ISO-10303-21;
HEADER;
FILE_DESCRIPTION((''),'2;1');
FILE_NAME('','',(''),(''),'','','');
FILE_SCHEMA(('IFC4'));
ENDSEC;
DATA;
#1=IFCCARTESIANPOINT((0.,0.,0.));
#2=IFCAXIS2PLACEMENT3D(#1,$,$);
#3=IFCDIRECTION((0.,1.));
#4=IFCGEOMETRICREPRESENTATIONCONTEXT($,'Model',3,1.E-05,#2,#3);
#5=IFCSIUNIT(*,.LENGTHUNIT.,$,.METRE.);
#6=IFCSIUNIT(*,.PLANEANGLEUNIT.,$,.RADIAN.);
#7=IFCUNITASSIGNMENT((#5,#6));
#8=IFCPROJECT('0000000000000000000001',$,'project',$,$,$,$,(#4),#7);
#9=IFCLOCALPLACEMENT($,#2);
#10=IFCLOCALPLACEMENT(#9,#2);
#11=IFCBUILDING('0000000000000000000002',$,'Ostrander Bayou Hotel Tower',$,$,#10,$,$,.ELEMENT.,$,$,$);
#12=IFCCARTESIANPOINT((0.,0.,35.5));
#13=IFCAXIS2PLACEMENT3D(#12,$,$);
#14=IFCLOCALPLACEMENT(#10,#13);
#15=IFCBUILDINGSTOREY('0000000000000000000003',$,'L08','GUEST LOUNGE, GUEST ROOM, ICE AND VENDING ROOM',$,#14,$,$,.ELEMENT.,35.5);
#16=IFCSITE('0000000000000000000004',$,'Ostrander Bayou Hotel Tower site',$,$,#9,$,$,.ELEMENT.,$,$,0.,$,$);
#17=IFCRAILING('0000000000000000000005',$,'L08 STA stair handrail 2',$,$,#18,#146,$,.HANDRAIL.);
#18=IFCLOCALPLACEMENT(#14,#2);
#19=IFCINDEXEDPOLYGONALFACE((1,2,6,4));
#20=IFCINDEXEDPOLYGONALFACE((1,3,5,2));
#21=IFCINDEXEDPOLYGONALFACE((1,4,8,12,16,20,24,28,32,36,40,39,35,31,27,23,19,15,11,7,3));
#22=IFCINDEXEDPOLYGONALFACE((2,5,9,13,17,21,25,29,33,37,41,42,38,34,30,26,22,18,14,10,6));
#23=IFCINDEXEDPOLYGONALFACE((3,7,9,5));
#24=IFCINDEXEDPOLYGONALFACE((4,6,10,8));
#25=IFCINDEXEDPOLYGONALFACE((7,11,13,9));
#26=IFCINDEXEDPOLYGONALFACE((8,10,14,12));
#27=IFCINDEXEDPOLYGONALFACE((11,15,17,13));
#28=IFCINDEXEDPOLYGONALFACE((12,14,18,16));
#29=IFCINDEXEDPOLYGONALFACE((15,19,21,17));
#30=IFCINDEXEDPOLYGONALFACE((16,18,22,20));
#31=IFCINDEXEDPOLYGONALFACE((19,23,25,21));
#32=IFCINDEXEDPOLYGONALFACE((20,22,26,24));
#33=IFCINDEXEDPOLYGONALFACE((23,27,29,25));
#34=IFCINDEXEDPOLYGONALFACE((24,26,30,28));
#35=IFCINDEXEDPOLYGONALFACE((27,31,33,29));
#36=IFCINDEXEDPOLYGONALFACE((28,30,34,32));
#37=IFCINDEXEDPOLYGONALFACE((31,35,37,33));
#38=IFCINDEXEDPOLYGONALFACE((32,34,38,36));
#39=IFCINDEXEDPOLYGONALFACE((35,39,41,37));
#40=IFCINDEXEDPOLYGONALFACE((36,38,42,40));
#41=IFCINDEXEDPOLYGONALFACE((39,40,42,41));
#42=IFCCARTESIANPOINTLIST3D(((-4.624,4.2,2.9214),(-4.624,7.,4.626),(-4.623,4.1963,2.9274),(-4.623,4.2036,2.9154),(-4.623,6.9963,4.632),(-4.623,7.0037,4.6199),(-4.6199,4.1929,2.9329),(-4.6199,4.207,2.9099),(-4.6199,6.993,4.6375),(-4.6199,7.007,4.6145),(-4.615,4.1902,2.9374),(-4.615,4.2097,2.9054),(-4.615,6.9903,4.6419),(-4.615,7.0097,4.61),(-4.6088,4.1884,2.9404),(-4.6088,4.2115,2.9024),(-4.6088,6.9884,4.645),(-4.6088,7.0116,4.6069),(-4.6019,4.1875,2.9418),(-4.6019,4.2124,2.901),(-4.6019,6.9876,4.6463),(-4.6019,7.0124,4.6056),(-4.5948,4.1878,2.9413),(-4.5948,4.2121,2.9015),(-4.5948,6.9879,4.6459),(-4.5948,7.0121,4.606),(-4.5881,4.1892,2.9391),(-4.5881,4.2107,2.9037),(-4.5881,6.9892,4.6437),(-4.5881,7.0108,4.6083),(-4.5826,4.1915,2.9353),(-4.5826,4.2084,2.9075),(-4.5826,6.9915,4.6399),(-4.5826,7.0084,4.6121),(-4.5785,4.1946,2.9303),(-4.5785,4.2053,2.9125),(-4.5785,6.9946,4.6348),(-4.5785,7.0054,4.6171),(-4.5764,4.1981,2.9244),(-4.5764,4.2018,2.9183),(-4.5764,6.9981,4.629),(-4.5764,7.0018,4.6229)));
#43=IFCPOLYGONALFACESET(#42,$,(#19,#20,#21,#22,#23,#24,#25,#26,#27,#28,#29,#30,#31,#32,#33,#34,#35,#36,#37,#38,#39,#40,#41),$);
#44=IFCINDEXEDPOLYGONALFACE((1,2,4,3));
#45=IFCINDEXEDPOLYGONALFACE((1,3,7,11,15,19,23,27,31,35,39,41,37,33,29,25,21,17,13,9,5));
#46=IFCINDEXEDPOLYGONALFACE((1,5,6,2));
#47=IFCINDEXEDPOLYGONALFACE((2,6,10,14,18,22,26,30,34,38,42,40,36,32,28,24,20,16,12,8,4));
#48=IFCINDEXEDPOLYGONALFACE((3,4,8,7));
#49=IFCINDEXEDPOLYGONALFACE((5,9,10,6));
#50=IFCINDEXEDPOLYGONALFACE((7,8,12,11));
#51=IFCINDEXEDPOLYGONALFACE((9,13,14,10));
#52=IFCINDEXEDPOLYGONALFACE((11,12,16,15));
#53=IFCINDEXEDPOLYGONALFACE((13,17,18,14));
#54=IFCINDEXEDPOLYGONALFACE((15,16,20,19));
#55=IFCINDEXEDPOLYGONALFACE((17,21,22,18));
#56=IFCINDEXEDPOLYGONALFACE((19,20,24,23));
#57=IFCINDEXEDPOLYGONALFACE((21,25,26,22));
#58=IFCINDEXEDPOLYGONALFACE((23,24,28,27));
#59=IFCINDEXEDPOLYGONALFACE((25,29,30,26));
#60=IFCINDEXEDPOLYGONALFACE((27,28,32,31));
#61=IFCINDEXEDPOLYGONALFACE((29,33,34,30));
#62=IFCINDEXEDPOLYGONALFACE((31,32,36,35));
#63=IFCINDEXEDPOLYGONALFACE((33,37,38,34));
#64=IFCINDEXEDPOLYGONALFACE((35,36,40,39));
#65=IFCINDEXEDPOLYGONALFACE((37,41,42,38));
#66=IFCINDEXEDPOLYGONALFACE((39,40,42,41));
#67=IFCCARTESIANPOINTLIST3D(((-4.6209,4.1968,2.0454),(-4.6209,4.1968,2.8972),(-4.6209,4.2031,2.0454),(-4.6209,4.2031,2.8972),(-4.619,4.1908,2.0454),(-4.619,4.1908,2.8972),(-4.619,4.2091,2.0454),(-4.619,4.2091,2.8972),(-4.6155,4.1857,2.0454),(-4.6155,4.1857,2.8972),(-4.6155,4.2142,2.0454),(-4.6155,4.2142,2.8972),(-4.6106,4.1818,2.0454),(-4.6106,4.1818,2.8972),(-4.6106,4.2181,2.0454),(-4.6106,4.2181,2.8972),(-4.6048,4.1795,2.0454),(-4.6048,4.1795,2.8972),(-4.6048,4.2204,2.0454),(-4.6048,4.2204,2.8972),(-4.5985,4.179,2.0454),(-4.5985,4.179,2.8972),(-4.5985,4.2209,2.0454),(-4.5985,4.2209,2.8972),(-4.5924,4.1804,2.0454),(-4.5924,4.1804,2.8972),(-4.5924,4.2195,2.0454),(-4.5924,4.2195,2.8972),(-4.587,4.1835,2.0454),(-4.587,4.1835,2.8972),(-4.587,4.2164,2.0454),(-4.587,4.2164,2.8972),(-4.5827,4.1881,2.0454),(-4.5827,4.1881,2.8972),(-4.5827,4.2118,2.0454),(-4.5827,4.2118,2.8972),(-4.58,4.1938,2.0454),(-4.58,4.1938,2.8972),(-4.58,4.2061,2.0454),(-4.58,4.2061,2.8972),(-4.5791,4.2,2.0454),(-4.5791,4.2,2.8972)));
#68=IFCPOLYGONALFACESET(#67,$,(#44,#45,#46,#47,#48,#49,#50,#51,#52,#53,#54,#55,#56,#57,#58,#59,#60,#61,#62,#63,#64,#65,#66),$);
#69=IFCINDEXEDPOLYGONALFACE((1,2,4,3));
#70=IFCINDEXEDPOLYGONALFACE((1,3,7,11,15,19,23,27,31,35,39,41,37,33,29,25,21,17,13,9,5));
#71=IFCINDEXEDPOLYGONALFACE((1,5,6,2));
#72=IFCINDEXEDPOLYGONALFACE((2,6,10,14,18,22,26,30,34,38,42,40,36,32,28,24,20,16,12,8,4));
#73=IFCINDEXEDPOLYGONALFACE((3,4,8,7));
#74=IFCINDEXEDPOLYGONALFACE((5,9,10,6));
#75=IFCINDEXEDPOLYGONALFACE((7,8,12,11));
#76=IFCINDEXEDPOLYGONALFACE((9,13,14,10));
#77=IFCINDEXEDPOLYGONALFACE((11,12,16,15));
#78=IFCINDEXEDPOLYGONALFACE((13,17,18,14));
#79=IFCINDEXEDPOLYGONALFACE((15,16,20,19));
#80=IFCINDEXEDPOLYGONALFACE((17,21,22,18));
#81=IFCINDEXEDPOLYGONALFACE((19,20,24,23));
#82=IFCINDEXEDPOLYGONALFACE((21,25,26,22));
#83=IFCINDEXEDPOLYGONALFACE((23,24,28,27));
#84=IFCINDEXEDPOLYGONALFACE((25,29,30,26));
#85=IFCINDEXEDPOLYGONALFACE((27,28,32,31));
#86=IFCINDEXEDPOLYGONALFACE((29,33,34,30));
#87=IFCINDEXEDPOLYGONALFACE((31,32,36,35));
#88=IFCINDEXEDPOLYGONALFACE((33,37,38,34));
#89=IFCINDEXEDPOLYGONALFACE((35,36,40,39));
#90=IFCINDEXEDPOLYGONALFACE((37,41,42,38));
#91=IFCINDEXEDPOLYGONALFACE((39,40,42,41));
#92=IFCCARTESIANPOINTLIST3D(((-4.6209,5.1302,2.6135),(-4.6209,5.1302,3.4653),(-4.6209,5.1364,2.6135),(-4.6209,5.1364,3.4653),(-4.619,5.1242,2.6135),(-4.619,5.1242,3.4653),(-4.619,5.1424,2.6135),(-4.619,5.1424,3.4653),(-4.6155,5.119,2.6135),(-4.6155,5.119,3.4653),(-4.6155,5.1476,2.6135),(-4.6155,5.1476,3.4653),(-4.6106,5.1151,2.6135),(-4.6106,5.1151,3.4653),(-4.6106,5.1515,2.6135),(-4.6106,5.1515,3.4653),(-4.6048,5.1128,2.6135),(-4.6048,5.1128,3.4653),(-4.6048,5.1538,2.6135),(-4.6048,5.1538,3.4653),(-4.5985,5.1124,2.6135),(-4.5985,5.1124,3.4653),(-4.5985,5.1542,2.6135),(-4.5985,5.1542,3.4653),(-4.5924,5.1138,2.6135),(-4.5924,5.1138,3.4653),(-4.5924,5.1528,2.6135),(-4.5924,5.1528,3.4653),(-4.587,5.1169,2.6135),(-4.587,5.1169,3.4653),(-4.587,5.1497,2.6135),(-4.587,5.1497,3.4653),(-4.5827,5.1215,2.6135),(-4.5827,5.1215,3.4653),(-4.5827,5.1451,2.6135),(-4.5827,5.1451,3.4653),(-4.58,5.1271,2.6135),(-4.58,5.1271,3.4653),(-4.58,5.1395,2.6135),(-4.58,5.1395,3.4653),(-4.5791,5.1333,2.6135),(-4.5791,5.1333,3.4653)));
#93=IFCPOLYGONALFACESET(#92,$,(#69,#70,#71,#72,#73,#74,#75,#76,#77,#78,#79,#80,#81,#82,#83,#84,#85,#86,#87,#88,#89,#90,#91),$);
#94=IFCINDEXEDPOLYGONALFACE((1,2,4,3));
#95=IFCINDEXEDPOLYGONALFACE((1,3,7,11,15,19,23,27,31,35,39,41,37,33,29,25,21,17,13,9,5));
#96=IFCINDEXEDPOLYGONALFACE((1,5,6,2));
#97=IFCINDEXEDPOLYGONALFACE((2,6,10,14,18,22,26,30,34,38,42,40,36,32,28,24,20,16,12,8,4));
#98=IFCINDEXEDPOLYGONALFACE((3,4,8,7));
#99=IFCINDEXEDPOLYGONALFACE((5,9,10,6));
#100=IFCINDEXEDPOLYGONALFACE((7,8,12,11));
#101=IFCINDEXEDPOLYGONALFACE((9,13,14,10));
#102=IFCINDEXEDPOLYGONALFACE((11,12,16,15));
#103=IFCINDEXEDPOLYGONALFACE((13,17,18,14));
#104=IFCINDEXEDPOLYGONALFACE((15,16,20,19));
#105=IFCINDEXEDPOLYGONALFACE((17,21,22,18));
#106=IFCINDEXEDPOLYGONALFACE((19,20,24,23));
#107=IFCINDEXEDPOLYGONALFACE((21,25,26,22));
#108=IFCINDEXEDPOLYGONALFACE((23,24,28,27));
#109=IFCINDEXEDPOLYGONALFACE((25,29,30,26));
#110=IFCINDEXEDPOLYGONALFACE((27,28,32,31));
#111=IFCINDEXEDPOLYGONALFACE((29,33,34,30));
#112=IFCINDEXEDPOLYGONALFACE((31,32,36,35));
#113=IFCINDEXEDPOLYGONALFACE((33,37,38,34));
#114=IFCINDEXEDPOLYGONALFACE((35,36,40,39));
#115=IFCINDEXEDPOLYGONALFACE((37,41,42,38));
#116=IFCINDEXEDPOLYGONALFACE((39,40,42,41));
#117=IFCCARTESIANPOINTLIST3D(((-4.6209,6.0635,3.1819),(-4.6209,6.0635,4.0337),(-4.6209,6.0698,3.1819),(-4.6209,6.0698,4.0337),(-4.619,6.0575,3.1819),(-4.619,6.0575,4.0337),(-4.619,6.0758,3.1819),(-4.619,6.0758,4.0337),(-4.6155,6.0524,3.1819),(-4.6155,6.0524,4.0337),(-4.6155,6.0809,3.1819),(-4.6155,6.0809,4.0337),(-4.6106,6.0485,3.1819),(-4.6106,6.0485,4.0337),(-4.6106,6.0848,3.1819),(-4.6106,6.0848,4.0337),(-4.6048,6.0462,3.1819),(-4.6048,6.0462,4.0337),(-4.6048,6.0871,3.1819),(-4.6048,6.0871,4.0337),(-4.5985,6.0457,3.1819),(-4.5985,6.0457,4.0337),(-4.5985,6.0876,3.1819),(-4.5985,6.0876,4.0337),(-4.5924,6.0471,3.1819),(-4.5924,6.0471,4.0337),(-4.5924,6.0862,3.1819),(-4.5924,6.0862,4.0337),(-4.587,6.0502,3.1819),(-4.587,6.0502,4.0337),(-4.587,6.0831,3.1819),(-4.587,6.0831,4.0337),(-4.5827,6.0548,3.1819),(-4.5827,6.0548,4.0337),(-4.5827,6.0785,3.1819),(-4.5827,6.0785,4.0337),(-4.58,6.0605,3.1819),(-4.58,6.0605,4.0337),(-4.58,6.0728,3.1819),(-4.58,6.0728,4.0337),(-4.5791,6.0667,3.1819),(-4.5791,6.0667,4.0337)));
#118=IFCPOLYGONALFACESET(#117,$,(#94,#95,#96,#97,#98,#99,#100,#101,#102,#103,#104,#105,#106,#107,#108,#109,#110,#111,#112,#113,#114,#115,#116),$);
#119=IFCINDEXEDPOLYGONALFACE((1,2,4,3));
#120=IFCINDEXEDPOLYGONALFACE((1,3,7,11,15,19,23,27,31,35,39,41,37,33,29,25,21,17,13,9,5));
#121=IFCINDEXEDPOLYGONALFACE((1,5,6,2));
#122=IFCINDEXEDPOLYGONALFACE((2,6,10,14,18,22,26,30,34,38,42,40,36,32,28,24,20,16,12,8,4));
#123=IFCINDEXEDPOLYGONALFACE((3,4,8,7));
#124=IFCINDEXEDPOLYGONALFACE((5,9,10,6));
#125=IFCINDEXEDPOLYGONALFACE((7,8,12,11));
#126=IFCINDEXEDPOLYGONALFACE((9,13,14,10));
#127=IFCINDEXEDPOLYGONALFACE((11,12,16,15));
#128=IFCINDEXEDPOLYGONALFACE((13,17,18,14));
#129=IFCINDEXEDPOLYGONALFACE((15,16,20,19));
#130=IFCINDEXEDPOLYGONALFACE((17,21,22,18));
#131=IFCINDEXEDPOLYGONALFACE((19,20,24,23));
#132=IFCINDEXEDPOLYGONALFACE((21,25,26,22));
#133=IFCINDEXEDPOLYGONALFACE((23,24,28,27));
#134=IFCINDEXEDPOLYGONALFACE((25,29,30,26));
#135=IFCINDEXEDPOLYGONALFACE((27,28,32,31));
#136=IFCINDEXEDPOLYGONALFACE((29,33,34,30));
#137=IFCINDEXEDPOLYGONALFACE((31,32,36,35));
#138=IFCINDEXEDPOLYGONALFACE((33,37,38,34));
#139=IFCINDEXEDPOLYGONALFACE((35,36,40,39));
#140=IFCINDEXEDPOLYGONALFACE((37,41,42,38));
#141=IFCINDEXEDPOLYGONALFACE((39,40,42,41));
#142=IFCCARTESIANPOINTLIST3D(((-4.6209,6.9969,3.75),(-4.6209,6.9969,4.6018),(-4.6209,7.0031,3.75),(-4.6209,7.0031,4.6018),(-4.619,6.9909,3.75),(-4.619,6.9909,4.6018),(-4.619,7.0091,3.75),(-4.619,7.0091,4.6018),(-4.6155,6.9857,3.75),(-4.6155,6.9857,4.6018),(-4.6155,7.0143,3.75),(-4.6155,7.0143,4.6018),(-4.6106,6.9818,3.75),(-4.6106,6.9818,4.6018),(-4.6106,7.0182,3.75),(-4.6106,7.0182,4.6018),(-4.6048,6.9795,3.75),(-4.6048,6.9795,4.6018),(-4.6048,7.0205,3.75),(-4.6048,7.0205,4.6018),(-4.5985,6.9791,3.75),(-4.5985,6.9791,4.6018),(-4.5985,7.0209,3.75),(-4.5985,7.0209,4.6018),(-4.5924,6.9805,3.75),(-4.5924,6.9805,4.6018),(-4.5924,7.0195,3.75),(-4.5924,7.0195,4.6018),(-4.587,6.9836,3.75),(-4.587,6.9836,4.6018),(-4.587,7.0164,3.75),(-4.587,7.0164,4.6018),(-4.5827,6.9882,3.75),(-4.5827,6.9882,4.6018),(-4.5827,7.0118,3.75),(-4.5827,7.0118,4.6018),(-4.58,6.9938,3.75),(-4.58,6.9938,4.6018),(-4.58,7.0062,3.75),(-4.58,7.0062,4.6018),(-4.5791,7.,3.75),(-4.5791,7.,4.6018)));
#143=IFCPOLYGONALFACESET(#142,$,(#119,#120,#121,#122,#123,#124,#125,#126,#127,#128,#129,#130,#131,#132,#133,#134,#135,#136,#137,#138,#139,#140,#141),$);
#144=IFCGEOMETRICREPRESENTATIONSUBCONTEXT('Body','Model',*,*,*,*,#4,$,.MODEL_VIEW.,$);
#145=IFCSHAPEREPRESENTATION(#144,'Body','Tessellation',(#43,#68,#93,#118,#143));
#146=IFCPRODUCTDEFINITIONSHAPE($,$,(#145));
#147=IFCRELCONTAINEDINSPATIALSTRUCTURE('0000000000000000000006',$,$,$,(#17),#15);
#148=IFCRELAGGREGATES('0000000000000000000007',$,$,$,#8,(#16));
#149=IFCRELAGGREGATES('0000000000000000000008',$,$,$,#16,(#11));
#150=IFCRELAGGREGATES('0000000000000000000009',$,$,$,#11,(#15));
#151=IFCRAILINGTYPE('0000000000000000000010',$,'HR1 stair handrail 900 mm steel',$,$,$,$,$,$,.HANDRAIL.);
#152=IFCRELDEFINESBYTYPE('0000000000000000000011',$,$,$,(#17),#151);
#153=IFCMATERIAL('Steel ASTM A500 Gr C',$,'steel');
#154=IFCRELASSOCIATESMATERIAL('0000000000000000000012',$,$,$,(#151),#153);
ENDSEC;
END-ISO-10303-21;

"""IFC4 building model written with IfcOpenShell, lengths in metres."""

from ifc_helpers import new_model, si_unit, direction, frame, origin, origin_2d, place, context, subcontext, project, spatial, circle, extrude, material, type_object, element, save


model = new_model("IFC4")

# Units and contexts
model_context = context("Model", 3, precision=1e-05, world=origin(), true_north=direction((0.0, 1.0)))
body_context = subcontext(model_context, "Body", "Model", "MODEL_VIEW")
ifc_project = project(units=[si_unit("LENGTHUNIT", "METRE"), si_unit("PLANEANGLEUNIT", "RADIAN")], contexts=[model_context])

# Site, building, storey
site_placement = place(None, origin())
site = spatial("IfcSite", under=ifc_project, at=site_placement, Name="Ostrander Bayou Hotel Tower site", CompositionType="ELEMENT", RefElevation=0.0)
building_placement = place(site_placement, origin())
building = spatial("IfcBuilding", under=site, at=building_placement, Name="Ostrander Bayou Hotel Tower", CompositionType="ELEMENT")
storey_placement = place(building_placement, frame((0.0, 0.0, 35.5)))
storey = spatial("IfcBuildingStorey", under=building, at=storey_placement, Name="L08", Description="GUEST LOUNGE, GUEST ROOM, ICE AND VENDING ROOM", CompositionType="ELEMENT", Elevation=35.5)

# Railing
ifc_material_1 = material(Name="Steel ASTM A500 Gr C", Category="steel")
railing_type_1 = type_object("IfcRailingType", Name="HR1 stair handrail 900 mm steel", PredefinedType="HANDRAIL", material=ifc_material_1)
railing_1_placement = place(storey_placement, frame((-4.6001, 4.2, 2.0454)))
element("IfcRailing", 1, at=railing_1_placement, inside=storey, type_object=railing_type_1, Name="L08 STA stair handrail 2", PredefinedType="HANDRAIL", context=body_context, shape_type="SweptSolid", body=[
    extrude(circle(Radius=0.0239, at=origin_2d()), frame((0.0, 0.0, 0.876), z_axis=(0.0, 0.85417, 0.519994), x_axis=(-1.0, 0.0, 0.0)), (0.0, 0.0, 1.0), 3.2781),
    extrude(circle(Radius=0.021, at=origin_2d()), origin(), (0.0, 0.0, 1.0), 0.8518),
    extrude(circle(Radius=0.021, at=origin_2d()), frame((0.0, 0.9333, 0.5681)), (0.0, 0.0, 1.0), 0.8518),
    extrude(circle(Radius=0.021, at=origin_2d()), frame((0.0, 1.8667, 1.1365)), (0.0, 0.0, 1.0), 0.8518),
    extrude(circle(Radius=0.021, at=origin_2d()), frame((0.0, 2.8, 1.7046)), (0.0, 0.0, 1.0), 0.8518),
])

save(model, "model.ifc")
